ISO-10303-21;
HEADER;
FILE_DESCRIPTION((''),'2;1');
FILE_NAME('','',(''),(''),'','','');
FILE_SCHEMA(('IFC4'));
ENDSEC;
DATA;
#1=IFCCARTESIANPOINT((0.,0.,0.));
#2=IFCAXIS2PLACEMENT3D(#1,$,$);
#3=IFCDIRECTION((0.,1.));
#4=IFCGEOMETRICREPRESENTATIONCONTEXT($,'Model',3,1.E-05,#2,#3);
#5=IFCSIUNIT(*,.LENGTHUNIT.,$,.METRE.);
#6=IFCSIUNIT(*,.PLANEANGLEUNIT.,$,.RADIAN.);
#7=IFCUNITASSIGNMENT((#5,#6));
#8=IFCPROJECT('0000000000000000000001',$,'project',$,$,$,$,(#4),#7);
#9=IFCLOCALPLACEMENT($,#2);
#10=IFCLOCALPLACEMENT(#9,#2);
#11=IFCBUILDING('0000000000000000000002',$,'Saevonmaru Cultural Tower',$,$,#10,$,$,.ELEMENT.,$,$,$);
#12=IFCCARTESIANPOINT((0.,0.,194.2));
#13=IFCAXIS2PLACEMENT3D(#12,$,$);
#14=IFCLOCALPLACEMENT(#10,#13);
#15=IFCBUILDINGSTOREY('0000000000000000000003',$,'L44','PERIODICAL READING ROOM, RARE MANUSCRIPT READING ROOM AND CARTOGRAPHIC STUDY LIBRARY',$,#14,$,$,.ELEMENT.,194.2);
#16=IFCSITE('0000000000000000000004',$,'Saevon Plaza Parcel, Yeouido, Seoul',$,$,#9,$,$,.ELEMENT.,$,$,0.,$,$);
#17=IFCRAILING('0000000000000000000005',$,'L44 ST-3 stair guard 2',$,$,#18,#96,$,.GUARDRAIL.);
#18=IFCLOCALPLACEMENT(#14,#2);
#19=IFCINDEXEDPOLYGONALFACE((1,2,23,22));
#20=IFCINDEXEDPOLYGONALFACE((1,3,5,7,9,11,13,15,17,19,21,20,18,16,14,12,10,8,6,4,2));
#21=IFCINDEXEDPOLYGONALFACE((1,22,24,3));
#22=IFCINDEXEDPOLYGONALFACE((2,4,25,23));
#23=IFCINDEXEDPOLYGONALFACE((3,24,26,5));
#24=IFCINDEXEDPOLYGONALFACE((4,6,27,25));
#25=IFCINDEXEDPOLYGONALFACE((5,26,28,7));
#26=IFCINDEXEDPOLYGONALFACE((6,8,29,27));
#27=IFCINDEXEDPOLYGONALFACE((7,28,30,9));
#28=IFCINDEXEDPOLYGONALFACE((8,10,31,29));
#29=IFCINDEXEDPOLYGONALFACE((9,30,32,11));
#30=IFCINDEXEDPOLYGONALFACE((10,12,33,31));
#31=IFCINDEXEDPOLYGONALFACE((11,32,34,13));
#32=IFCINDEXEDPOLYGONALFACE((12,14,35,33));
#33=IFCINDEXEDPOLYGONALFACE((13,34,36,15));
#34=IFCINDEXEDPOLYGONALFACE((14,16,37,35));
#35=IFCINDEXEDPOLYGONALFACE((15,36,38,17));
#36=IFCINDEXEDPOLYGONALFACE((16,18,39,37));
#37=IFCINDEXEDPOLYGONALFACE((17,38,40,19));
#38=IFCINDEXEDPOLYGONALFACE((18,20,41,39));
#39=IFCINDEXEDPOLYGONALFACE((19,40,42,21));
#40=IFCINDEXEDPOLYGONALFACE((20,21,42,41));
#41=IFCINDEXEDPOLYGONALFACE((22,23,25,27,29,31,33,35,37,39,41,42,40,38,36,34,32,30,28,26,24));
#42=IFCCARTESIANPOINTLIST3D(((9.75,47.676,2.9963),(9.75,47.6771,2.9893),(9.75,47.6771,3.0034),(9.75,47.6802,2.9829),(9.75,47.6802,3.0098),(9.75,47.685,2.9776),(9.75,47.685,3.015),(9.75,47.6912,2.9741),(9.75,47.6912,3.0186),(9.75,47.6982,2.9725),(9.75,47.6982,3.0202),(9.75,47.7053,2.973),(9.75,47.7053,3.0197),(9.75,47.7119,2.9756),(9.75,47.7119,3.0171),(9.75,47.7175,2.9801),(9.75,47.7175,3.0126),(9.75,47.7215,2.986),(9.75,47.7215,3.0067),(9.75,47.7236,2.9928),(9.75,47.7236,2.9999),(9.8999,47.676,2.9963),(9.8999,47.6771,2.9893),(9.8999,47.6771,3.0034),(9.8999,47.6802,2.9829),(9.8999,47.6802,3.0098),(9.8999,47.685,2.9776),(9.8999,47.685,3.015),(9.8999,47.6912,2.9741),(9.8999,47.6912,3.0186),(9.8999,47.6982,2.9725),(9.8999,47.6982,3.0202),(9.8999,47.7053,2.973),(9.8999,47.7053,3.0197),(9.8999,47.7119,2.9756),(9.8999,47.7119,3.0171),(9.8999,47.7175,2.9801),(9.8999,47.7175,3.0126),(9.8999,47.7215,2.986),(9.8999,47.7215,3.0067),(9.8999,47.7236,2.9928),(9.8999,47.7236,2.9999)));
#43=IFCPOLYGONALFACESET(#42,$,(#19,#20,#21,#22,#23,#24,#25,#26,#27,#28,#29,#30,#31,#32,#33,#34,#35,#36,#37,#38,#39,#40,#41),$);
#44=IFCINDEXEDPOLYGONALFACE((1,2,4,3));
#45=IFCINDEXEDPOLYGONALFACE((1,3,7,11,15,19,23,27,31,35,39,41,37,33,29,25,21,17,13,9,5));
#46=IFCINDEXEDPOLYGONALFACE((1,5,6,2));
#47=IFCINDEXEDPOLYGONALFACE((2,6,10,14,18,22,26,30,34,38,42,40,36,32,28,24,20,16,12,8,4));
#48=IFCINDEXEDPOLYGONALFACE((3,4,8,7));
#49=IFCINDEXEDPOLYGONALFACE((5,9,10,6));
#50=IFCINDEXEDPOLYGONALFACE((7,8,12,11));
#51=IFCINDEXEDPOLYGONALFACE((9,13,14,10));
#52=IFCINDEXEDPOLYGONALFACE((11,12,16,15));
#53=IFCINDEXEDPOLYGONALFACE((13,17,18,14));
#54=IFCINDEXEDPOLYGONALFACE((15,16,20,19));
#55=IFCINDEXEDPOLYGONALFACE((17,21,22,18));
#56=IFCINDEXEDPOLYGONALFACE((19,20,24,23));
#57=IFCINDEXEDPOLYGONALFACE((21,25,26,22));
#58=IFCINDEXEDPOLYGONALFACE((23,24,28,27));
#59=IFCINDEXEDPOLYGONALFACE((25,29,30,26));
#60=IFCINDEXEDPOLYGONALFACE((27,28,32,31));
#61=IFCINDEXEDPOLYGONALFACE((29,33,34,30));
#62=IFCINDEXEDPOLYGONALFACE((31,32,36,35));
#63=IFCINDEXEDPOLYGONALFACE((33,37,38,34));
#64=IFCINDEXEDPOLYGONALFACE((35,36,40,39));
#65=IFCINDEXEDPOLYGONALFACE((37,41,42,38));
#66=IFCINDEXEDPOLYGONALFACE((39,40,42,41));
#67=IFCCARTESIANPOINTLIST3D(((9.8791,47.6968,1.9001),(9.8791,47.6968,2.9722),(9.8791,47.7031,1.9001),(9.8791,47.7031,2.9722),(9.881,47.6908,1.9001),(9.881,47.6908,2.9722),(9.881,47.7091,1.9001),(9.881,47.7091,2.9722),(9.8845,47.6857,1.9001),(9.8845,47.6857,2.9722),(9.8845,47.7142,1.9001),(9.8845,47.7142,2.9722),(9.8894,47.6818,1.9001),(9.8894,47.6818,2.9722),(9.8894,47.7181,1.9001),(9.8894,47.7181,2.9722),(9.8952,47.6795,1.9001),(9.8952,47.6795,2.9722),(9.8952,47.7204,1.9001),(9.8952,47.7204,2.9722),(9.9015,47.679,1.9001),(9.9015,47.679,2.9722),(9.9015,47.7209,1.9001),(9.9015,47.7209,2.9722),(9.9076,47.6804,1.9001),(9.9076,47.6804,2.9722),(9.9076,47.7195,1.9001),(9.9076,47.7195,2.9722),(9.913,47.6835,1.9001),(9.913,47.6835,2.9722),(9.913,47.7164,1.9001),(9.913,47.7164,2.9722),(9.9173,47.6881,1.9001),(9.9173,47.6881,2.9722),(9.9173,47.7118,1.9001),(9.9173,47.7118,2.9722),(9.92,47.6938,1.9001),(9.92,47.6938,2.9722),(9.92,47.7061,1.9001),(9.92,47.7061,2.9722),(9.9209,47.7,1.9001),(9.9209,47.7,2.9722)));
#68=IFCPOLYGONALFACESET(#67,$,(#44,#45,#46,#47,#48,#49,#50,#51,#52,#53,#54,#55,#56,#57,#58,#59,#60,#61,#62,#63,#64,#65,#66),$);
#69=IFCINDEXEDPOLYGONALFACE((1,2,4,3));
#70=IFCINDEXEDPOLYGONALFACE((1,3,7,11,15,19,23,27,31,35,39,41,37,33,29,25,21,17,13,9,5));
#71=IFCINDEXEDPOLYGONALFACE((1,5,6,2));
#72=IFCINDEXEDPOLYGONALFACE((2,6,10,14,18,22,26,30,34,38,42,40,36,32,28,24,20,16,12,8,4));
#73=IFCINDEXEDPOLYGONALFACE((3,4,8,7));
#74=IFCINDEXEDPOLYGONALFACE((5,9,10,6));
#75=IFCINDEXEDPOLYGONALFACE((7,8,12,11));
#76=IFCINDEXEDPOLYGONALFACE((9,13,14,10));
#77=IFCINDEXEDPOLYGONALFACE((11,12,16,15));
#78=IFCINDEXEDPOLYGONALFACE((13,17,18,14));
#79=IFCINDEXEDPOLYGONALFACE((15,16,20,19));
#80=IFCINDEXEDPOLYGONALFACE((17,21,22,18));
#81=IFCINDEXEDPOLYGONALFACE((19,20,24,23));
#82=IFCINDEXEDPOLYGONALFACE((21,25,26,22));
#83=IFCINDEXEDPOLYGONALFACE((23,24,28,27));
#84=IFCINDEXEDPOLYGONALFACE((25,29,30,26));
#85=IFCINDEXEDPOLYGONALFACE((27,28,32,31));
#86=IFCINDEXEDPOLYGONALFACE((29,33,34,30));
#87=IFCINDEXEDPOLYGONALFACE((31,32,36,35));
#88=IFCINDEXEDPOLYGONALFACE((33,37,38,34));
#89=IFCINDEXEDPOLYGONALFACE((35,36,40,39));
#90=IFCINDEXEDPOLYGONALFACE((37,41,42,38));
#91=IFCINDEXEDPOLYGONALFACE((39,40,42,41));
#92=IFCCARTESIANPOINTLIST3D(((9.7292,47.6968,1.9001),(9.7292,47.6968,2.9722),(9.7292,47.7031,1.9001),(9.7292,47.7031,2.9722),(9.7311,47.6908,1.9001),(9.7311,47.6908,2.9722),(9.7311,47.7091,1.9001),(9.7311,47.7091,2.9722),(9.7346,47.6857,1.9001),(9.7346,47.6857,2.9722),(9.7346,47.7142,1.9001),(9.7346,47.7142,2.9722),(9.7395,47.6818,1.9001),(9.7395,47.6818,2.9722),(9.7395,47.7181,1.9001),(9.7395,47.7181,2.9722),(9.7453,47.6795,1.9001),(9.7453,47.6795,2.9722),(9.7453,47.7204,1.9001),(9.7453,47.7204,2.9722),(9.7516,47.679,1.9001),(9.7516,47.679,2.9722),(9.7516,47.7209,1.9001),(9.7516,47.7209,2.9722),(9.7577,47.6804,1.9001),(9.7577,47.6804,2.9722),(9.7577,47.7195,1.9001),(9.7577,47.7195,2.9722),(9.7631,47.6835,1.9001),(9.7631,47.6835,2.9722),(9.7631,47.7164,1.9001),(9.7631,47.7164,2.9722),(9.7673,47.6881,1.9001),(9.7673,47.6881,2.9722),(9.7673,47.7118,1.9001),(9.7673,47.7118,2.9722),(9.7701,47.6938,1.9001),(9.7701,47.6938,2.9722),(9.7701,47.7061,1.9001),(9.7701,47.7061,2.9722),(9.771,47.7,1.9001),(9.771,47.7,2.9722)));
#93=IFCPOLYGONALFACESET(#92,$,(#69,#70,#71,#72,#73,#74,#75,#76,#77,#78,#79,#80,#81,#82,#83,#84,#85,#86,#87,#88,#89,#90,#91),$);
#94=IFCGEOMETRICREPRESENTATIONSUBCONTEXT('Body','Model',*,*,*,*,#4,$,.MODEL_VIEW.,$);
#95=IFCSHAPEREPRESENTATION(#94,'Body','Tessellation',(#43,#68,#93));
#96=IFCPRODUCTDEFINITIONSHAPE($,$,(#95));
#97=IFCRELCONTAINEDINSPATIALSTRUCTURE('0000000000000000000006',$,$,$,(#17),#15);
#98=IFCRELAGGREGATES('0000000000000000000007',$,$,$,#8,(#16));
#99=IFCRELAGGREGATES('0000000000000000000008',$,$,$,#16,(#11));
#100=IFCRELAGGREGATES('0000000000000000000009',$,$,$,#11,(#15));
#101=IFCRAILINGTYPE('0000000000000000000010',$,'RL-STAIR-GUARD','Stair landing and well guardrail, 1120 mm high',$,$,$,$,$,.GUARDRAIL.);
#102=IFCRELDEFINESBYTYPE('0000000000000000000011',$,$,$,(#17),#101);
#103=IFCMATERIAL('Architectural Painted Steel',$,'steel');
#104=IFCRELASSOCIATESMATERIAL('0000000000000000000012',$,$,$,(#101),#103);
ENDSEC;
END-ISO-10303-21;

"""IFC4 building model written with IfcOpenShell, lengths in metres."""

from ifc_helpers import new_model, si_unit, direction, frame, origin, origin_2d, place, context, subcontext, project, spatial, circle, extrude, material, type_object, element, save


model = new_model("IFC4")

# Units and contexts
model_context = context("Model", 3, precision=1e-05, world=origin(), true_north=direction((0.0, 1.0)))
body_context = subcontext(model_context, "Body", "Model", "MODEL_VIEW")
ifc_project = project(units=[si_unit("LENGTHUNIT", "METRE"), si_unit("PLANEANGLEUNIT", "RADIAN")], contexts=[model_context])

# Site, building, storey
site_placement = place(None, origin())
site = spatial("IfcSite", under=ifc_project, at=site_placement, Name="Saevon Plaza Parcel, Yeouido, Seoul", CompositionType="ELEMENT", RefElevation=0.0)
building_placement = place(site_placement, origin())
building = spatial("IfcBuilding", under=site, at=building_placement, Name="Saevonmaru Cultural Tower", CompositionType="ELEMENT")
storey_placement = place(building_placement, frame((0.0, 0.0, 194.2)))
storey = spatial("IfcBuildingStorey", under=building, at=storey_placement, Name="L44", Description="PERIODICAL READING ROOM, RARE MANUSCRIPT READING ROOM AND CARTOGRAPHIC STUDY LIBRARY", CompositionType="ELEMENT", Elevation=194.2)

# Railing
ifc_material_1 = material(Name="Architectural Painted Steel", Category="steel")
railing_type_1 = type_object("IfcRailingType", Name="RL-STAIR-GUARD", Description="Stair landing and well guardrail, 1120 mm high", PredefinedType="GUARDRAIL", material=ifc_material_1)
railing_1_placement = place(storey_placement, frame((9.8999, 47.7, 1.9001)))
element("IfcRailing", 1, at=railing_1_placement, inside=storey, type_object=railing_type_1, Name="L44 ST-3 stair guard 2", PredefinedType="GUARDRAIL", context=body_context, shape_type="SweptSolid", body=[
    extrude(circle(Radius=0.0239, at=origin_2d()), frame((0.0, 0.0, 1.0962), z_axis=(-1.0, 0.0, 0.0), x_axis=(0.0, -1.0, 0.0)), (0.0, 0.0, 1.0), 0.1499),
    extrude(circle(Radius=0.021, at=origin_2d()), origin(), (0.0, 0.0, 1.0), 1.072),
    extrude(circle(Radius=0.021, at=origin_2d()), frame((-0.1499, 0.0, 0.0)), (0.0, 0.0, 1.0), 1.072),
])

save(model, "model.ifc")
